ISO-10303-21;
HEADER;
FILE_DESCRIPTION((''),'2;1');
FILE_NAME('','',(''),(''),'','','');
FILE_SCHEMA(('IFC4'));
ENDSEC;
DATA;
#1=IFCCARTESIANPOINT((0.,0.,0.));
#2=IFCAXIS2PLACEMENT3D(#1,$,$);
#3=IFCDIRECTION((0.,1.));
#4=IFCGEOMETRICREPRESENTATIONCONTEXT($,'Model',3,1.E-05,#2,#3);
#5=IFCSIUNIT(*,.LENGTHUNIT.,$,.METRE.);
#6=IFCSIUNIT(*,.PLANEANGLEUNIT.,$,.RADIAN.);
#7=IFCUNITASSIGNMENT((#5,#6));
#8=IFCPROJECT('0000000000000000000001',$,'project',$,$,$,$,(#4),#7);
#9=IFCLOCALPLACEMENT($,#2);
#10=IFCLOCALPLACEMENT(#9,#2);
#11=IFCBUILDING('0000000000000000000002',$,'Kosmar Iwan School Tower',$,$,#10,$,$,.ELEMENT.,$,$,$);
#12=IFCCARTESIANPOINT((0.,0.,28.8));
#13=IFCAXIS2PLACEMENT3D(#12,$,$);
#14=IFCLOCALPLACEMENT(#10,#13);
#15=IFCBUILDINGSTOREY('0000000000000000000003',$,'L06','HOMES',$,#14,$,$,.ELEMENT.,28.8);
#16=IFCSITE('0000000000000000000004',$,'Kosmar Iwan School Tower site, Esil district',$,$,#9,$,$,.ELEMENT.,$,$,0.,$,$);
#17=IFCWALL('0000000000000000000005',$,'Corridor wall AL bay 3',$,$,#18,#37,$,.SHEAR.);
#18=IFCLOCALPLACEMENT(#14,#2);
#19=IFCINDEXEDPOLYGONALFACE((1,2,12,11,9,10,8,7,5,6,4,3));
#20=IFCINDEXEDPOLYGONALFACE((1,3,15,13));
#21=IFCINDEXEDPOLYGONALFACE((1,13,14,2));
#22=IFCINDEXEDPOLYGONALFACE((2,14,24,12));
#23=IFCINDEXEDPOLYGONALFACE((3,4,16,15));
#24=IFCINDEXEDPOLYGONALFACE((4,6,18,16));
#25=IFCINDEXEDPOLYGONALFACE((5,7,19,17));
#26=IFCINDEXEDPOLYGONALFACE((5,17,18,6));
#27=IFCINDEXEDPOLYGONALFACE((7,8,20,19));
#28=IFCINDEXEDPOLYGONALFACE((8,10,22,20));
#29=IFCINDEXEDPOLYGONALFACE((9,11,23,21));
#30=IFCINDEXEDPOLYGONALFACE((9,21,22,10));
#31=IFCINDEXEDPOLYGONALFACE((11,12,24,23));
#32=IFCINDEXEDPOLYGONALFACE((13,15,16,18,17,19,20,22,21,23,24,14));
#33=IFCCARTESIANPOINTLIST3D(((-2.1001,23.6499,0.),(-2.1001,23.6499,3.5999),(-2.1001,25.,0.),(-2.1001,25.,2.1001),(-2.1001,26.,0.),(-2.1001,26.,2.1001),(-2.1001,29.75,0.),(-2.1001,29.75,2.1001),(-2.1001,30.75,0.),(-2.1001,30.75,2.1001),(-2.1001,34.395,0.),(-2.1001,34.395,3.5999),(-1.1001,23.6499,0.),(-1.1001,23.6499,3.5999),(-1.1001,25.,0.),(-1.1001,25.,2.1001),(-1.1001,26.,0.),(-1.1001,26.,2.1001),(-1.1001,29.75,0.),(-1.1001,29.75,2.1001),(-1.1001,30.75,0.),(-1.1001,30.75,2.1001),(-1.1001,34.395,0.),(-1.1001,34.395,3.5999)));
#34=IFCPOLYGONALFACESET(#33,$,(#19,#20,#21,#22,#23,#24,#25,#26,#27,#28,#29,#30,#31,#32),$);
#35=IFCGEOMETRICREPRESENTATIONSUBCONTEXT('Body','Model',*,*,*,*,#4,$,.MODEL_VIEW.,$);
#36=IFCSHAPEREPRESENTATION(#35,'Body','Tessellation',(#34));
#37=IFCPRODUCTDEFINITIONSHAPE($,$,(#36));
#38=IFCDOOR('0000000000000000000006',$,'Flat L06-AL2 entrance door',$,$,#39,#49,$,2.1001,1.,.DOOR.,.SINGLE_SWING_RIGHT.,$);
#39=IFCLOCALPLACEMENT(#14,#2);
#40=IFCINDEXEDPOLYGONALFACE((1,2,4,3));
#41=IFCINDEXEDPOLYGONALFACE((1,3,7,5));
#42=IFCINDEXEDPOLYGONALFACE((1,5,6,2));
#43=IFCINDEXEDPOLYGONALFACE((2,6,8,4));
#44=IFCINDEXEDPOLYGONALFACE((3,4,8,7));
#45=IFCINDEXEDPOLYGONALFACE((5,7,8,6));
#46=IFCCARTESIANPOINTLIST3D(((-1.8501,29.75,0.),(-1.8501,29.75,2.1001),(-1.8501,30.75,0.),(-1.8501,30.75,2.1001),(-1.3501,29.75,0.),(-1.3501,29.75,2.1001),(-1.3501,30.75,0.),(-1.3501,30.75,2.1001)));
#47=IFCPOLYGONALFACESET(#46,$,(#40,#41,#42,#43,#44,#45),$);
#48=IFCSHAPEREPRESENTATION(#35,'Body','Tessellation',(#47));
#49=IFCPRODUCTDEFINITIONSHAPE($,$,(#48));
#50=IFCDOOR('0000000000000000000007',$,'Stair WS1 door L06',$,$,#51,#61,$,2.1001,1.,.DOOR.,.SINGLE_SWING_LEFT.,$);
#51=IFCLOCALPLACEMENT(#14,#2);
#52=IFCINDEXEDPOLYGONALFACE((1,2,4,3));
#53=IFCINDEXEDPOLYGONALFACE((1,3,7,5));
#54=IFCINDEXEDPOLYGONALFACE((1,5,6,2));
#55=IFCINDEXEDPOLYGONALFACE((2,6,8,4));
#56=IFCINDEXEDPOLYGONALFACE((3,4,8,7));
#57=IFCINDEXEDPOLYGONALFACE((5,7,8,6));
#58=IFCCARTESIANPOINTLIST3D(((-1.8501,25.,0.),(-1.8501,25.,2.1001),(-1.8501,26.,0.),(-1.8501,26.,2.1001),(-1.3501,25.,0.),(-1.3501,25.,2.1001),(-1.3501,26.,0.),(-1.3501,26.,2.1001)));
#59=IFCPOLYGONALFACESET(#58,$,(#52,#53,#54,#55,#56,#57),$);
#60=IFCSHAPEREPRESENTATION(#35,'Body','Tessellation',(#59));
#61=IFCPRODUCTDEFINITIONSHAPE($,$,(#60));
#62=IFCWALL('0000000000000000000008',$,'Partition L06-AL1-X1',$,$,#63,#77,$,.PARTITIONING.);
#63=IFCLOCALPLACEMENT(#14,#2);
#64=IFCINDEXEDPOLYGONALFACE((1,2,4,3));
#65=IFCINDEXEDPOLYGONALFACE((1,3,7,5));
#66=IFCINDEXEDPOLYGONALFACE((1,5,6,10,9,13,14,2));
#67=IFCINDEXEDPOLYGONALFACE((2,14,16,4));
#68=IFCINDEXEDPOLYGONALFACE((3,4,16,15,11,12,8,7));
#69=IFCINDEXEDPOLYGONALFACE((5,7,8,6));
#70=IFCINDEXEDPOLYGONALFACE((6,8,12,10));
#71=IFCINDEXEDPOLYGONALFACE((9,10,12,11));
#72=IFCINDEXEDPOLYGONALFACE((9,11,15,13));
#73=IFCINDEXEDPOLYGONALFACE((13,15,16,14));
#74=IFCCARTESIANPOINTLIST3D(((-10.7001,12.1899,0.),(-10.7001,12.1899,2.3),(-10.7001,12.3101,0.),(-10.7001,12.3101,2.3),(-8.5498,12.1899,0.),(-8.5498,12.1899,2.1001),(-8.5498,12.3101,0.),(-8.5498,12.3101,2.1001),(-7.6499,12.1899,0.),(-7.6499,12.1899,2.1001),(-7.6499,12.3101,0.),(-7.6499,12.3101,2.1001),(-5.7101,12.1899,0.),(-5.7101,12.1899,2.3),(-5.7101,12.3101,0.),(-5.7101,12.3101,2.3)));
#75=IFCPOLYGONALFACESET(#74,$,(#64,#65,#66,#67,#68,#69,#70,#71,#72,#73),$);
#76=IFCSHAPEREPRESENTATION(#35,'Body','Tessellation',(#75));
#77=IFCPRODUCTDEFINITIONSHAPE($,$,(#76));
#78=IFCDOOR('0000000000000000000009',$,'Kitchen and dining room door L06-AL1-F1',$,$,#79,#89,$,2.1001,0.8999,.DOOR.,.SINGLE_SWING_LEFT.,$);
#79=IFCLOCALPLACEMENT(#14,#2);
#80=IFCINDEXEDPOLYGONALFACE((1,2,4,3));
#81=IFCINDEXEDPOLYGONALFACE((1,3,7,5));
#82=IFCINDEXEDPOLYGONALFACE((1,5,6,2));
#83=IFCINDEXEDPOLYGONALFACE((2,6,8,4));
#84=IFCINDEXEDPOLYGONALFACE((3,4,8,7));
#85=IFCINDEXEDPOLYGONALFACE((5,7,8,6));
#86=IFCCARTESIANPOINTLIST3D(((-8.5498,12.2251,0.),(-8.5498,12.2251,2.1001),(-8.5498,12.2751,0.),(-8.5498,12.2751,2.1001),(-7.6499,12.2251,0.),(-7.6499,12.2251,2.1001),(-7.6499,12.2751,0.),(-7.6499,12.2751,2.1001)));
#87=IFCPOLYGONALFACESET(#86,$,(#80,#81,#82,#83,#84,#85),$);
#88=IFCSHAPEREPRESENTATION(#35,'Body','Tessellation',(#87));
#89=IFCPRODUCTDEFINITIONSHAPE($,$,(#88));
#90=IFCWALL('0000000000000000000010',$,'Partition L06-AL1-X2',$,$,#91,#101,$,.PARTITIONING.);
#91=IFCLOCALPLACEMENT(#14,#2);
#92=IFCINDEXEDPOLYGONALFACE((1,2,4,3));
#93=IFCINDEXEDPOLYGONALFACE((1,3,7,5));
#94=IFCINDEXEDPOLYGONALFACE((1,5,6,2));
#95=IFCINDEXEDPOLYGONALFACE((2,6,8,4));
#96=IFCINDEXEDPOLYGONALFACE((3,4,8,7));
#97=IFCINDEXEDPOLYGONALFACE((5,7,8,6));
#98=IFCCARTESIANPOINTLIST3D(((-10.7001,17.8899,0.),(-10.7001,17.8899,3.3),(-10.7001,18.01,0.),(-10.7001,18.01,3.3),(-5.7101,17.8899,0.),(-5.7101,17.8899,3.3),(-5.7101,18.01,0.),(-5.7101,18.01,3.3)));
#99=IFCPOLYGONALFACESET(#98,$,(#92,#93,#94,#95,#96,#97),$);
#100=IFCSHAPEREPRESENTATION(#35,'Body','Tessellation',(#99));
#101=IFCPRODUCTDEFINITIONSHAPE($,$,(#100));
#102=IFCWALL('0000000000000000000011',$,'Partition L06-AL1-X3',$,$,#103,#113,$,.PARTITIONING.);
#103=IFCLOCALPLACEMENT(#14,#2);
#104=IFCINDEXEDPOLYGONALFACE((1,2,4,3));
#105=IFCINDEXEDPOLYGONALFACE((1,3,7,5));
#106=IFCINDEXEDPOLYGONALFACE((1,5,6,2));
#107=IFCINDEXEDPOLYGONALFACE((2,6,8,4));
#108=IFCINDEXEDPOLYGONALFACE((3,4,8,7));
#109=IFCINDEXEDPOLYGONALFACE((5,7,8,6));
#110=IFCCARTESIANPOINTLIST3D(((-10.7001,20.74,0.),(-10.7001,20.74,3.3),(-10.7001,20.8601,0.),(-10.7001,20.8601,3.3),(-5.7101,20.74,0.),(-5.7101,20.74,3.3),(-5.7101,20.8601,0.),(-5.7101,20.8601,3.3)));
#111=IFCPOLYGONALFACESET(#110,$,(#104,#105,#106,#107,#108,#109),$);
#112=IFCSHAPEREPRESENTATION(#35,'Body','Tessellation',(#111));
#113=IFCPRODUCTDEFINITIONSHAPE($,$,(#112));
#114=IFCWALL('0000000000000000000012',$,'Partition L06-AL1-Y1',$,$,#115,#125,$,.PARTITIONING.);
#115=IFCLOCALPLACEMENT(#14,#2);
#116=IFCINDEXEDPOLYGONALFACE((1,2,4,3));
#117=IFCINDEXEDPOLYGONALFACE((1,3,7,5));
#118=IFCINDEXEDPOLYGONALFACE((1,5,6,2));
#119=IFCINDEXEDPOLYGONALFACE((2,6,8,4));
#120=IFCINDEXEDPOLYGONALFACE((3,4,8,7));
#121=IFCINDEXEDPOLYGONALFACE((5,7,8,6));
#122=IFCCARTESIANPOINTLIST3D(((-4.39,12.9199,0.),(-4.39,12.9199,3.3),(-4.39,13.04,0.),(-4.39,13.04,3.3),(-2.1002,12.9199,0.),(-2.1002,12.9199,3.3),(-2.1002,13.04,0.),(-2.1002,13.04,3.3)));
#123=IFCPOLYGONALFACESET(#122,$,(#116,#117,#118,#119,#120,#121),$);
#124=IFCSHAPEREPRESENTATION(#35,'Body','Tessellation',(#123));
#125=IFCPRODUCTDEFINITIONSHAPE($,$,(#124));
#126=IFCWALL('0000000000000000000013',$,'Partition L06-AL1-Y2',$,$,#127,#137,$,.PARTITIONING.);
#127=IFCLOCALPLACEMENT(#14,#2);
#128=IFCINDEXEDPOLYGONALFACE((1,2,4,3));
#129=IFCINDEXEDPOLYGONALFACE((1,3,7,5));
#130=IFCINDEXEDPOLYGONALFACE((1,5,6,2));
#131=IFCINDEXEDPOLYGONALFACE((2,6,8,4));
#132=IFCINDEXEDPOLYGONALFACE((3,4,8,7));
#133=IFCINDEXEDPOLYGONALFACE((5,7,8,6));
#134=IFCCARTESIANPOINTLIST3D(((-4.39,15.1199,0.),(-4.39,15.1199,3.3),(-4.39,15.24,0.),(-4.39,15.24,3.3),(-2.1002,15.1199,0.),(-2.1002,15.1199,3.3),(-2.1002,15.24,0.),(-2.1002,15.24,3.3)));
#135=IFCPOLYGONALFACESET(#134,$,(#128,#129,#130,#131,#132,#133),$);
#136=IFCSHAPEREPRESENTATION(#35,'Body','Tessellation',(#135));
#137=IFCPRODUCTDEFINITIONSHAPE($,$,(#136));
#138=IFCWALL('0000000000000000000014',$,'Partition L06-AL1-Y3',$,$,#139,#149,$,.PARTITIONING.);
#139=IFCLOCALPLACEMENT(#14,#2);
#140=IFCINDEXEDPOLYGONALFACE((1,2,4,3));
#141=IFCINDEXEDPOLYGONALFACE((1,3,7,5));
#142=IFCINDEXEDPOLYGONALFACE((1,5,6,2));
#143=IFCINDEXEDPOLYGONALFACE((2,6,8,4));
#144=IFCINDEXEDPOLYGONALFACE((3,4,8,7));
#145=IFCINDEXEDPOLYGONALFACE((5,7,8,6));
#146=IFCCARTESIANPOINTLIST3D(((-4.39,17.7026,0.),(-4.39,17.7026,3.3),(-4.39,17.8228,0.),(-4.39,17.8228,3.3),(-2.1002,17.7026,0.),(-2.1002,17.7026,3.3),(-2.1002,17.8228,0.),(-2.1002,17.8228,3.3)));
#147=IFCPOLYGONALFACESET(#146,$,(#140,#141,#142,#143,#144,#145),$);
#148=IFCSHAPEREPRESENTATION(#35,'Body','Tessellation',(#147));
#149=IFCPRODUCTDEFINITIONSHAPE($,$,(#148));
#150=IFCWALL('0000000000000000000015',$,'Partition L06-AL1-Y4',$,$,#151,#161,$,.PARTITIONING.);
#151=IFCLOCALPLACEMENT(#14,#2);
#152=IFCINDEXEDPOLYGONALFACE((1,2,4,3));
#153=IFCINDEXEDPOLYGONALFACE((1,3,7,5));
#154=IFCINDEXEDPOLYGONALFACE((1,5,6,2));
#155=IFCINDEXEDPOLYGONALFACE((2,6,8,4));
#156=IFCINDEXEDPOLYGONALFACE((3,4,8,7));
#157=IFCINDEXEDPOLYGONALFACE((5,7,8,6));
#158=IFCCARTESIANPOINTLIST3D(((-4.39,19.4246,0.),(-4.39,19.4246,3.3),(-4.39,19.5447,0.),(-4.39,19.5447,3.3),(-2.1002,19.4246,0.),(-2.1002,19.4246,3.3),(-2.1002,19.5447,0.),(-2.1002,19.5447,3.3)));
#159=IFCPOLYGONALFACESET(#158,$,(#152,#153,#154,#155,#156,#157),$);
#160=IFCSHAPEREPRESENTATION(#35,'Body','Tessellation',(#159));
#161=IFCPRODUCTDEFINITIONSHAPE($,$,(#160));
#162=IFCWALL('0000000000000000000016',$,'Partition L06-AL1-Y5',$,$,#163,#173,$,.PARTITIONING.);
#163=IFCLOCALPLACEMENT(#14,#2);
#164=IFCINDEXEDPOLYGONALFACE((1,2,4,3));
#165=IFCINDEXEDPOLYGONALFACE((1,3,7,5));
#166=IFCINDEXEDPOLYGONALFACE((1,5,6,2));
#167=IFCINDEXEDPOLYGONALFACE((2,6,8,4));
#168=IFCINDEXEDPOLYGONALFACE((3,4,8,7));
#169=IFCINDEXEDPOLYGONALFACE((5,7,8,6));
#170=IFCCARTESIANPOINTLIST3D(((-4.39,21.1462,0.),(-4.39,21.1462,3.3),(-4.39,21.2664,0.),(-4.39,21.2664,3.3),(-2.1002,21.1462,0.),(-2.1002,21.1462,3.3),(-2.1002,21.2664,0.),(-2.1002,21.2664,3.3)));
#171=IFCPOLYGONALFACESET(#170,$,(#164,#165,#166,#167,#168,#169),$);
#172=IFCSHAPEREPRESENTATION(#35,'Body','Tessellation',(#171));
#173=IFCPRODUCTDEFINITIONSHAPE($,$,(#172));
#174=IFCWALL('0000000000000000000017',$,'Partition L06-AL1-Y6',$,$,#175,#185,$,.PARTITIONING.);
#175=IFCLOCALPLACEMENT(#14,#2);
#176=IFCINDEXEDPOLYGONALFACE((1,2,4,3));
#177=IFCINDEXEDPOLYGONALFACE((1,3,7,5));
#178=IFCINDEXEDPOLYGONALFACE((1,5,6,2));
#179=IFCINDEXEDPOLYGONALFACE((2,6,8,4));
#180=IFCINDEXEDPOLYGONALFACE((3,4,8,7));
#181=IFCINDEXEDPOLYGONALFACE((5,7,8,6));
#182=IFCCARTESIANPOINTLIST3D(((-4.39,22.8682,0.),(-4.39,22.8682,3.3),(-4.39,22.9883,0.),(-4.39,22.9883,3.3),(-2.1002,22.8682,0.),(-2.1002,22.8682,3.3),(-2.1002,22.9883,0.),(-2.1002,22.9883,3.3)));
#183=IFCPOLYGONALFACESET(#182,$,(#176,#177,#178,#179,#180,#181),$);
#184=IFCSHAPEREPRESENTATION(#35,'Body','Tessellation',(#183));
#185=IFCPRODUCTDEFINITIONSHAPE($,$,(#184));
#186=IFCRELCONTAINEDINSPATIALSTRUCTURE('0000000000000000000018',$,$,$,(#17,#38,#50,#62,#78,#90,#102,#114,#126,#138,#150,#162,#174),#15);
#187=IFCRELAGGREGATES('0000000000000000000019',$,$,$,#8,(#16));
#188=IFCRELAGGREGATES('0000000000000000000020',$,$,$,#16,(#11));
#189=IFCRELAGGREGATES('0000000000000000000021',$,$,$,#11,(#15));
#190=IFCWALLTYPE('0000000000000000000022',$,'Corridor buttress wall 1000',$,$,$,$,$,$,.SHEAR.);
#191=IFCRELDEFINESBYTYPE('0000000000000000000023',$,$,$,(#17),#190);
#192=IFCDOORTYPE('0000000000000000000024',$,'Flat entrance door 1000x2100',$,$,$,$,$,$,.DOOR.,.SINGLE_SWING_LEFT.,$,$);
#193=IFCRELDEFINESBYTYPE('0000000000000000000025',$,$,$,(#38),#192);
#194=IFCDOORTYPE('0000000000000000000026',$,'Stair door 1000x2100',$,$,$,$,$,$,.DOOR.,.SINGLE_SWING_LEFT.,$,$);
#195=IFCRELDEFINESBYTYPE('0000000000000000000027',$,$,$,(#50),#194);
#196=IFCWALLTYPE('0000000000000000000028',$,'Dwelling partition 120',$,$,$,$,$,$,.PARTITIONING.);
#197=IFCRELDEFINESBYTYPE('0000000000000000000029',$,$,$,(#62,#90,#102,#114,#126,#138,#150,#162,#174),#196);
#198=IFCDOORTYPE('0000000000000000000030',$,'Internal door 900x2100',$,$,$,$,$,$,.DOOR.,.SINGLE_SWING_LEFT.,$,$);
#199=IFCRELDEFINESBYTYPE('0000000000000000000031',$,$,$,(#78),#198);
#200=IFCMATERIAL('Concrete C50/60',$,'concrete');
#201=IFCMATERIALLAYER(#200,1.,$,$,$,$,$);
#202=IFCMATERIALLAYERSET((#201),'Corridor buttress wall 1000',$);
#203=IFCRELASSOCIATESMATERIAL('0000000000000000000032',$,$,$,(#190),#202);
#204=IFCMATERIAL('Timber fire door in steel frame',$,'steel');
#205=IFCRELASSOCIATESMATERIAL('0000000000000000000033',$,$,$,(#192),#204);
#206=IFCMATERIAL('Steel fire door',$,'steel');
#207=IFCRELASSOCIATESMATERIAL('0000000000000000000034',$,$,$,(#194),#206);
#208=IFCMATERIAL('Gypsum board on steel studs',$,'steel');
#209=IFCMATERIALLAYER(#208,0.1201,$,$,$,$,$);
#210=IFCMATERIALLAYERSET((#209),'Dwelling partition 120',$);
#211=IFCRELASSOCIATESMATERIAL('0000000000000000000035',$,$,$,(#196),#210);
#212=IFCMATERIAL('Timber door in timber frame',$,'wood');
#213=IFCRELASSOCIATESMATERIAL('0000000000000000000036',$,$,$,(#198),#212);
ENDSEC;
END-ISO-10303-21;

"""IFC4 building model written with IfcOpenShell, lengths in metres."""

from ifc_helpers import new_model, si_unit, direction, frame, frame_2d, origin, place, context, subcontext, project, spatial, rectangle, extrude, material, layer, layer_set, type_object, element, fill, save


model = new_model("IFC4")

# Units and contexts
model_context = context("Model", 3, precision=1e-05, world=origin(), true_north=direction((0.0, 1.0)))
body_context = subcontext(model_context, "Body", "Model", "MODEL_VIEW")
ifc_project = project(units=[si_unit("LENGTHUNIT", "METRE"), si_unit("PLANEANGLEUNIT", "RADIAN")], contexts=[model_context])

# Site, building, storey
site_placement = place(None, origin())
site = spatial("IfcSite", under=ifc_project, at=site_placement, Name="Kosmar Iwan School Tower site, Esil district", CompositionType="ELEMENT", RefElevation=0.0)
building_placement = place(site_placement, origin())
building = spatial("IfcBuilding", under=site, at=building_placement, Name="Kosmar Iwan School Tower", CompositionType="ELEMENT")
storey_placement = place(building_placement, frame((0.0, 0.0, 28.8)))
storey = spatial("IfcBuildingStorey", under=building, at=storey_placement, Name="L06", Description="HOMES", CompositionType="ELEMENT", Elevation=28.8)

# Shared definitions
ifc_material_1 = material(Name="Concrete C50/60", Category="concrete")
ifc_layer_1 = layer(ifc_material_1, 1.0)
ifc_layer_set_1 = layer_set([ifc_layer_1], Name="Corridor buttress wall 1000")
wall_type_1 = type_object("IfcWallType", Name="Corridor buttress wall 1000", PredefinedType="SHEAR", material=ifc_layer_set_1)

# Wall, openings, doors
wall_1_placement = place(storey_placement, frame((-1.6001, 23.6499, 0.0), z_axis=(0.0, 0.0, 1.0), x_axis=(0.0, 1.0, 0.0)))
wall_1 = element("IfcWall", 1, at=wall_1_placement, inside=storey, type_object=wall_type_1, Name="Corridor wall AL bay 3", PredefinedType="SHEAR", context=body_context, shape_type="SweptSolid", body=[
    extrude(rectangle(XDim=10.7451, YDim=1.0, at=frame_2d((5.3726, 0.0))), origin(), (0.0, 0.0, 1.0), 3.5999),
])
opening_1_placement = place(wall_1_placement, frame((6.1001, 0.0, 0.0)))
opening_1 = element("IfcOpeningElement", 2, at=opening_1_placement, cuts=wall_1, PredefinedType="OPENING", context=body_context, shape_type="SweptSolid", body=[
    extrude(rectangle(XDim=1.0, YDim=2.1001, at=frame_2d((0.5, 1.05))), frame((0.0, 0.512, 0.0), z_axis=(0.0, -1.0, 0.0), x_axis=(1.0, 0.0, 0.0)), (0.0, 0.0, 1.0), 1.0239),
])
opening_2_placement = place(wall_1_placement, frame((1.3501, 0.0, 0.0)))
opening_2 = element("IfcOpeningElement", 3, at=opening_2_placement, cuts=wall_1, PredefinedType="OPENING", context=body_context, shape_type="SweptSolid", body=[
    extrude(rectangle(XDim=1.0, YDim=2.1001, at=frame_2d((0.5, 1.05))), frame((0.0, 0.512, 0.0), z_axis=(0.0, -1.0, 0.0), x_axis=(1.0, 0.0, 0.0)), (0.0, 0.0, 1.0), 1.0239),
])
ifc_material_2 = material(Name="Timber fire door in steel frame", Category="steel")
door_type_1 = type_object("IfcDoorType", Name="Flat entrance door 1000x2100", OperationType="SINGLE_SWING_LEFT", PredefinedType="DOOR", material=ifc_material_2)
door_1_placement = place(opening_1_placement, origin())
door_1 = element("IfcDoor", 4, at=door_1_placement, inside=storey, type_object=door_type_1, Name="Flat L06-AL2 entrance door", OperationType="SINGLE_SWING_RIGHT", OverallHeight=2.1001, OverallWidth=1.0, PredefinedType="DOOR", context=body_context, shape_type="SweptSolid", body=[
    extrude(rectangle(XDim=1.0, YDim=2.1001, at=frame_2d((0.5, 1.05))), frame((0.0, 0.25, 0.0), z_axis=(0.0, -1.0, 0.0), x_axis=(1.0, 0.0, 0.0)), (0.0, 0.0, 1.0), 0.5),
])
fill(opening_1, door_1)
ifc_material_3 = material(Name="Steel fire door", Category="steel")
door_type_2 = type_object("IfcDoorType", Name="Stair door 1000x2100", OperationType="SINGLE_SWING_LEFT", PredefinedType="DOOR", material=ifc_material_3)
door_2_placement = place(opening_2_placement, origin())
door_2 = element("IfcDoor", 5, at=door_2_placement, inside=storey, type_object=door_type_2, Name="Stair WS1 door L06", OperationType="SINGLE_SWING_LEFT", OverallHeight=2.1001, OverallWidth=1.0, PredefinedType="DOOR", context=body_context, shape_type="SweptSolid", body=[
    extrude(rectangle(XDim=1.0, YDim=2.1001, at=frame_2d((0.5, 1.05))), frame((0.0, 0.25, 0.0), z_axis=(0.0, -1.0, 0.0), x_axis=(1.0, 0.0, 0.0)), (0.0, 0.0, 1.0), 0.5),
])
fill(opening_2, door_2)

# Wall, opening, door
ifc_material_4 = material(Name="Gypsum board on steel studs", Category="steel")
ifc_layer_2 = layer(ifc_material_4, 0.1201)
ifc_layer_set_2 = layer_set([ifc_layer_2], Name="Dwelling partition 120")
wall_type_2 = type_object("IfcWallType", Name="Dwelling partition 120", PredefinedType="PARTITIONING", material=ifc_layer_set_2)
wall_2_placement = place(storey_placement, frame((-5.71, 12.25, 0.0), z_axis=(0.0, 0.0, 1.0), x_axis=(-1.0, 0.0, 0.0)))
wall_2 = element("IfcWall", 6, at=wall_2_placement, inside=storey, type_object=wall_type_2, Name="Partition L06-AL1-X1", PredefinedType="PARTITIONING", context=body_context, shape_type="SweptSolid", body=[
    extrude(rectangle(XDim=4.99, YDim=0.1201, at=frame_2d((2.4951, 0.0))), origin(), (0.0, 0.0, 1.0), 2.3),
])
opening_3_placement = place(wall_2_placement, frame((1.9399, 0.0, 0.0)))
opening_3 = element("IfcOpeningElement", 7, at=opening_3_placement, cuts=wall_2, PredefinedType="OPENING", context=body_context, shape_type="SweptSolid", body=[
    extrude(rectangle(XDim=0.8999, YDim=2.1001, at=frame_2d((0.45, 1.05))), frame((0.0, 0.072, 0.0), z_axis=(0.0, -1.0, 0.0), x_axis=(1.0, 0.0, 0.0)), (0.0, 0.0, 1.0), 0.144),
])
ifc_material_5 = material(Name="Timber door in timber frame", Category="wood")
door_type_3 = type_object("IfcDoorType", Name="Internal door 900x2100", OperationType="SINGLE_SWING_LEFT", PredefinedType="DOOR", material=ifc_material_5)
door_3_placement = place(opening_3_placement, origin())
door_3 = element("IfcDoor", 8, at=door_3_placement, inside=storey, type_object=door_type_3, Name="Kitchen and dining room door L06-AL1-F1", OperationType="SINGLE_SWING_LEFT", OverallHeight=2.1001, OverallWidth=0.8999, PredefinedType="DOOR", context=body_context, shape_type="SweptSolid", body=[
    extrude(rectangle(XDim=0.8999, YDim=2.1001, at=frame_2d((0.45, 1.05))), frame((0.0, 0.0249, 0.0), z_axis=(0.0, -1.0, 0.0), x_axis=(1.0, 0.0, 0.0)), (0.0, 0.0, 1.0), 0.05),
])
fill(opening_3, door_3)

# Walls
for number, where, z_axis, x_axis, name in (
    (9, (-5.71, 17.95, 0.0), (0.0, 0.0, 1.0), (-1.0, 0.0, 0.0), "Partition L06-AL1-X2"),
    (10, (-5.71, 20.8, 0.0), (0.0, 0.0, 1.0), (-1.0, 0.0, 0.0), "Partition L06-AL1-X3"),
):
    element("IfcWall", number, at=place(storey_placement, frame(where, z_axis=z_axis, x_axis=x_axis)), inside=storey, type_object=wall_type_2, Name=name, PredefinedType="PARTITIONING", context=body_context, shape_type="SweptSolid", body=[
        extrude(rectangle(XDim=4.99, YDim=0.1201, at=frame_2d((2.4951, 0.0))), origin(), (0.0, 0.0, 1.0), 3.3),
    ])
for number, where, z_axis, x_axis, name in (
    (11, (-2.1001, 12.98, 0.0), (0.0, 0.0, 1.0), (-1.0, 0.0, 0.0), "Partition L06-AL1-Y1"),
    (12, (-2.1001, 15.1799, 0.0), (0.0, 0.0, 1.0), (-1.0, 0.0, 0.0), "Partition L06-AL1-Y2"),
    (13, (-2.1001, 17.7627, 0.0), (0.0, 0.0, 1.0), (-1.0, 0.0, 0.0), "Partition L06-AL1-Y3"),
    (14, (-2.1001, 19.4846, 0.0), (0.0, 0.0, 1.0), (-1.0, 0.0, 0.0), "Partition L06-AL1-Y4"),
    (15, (-2.1001, 21.2063, 0.0), (0.0, 0.0, 1.0), (-1.0, 0.0, 0.0), "Partition L06-AL1-Y5"),
    (16, (-2.1001, 22.9282, 0.0), (0.0, 0.0, 1.0), (-1.0, 0.0, 0.0), "Partition L06-AL1-Y6"),
):
    element("IfcWall", number, at=place(storey_placement, frame(where, z_axis=z_axis, x_axis=x_axis)), inside=storey, type_object=wall_type_2, Name=name, PredefinedType="PARTITIONING", context=body_context, shape_type="SweptSolid", body=[
        extrude(rectangle(XDim=2.2898, YDim=0.1201, at=frame_2d((1.145, 0.0))), origin(), (0.0, 0.0, 1.0), 3.3),
    ])

save(model, "model.ifc")
